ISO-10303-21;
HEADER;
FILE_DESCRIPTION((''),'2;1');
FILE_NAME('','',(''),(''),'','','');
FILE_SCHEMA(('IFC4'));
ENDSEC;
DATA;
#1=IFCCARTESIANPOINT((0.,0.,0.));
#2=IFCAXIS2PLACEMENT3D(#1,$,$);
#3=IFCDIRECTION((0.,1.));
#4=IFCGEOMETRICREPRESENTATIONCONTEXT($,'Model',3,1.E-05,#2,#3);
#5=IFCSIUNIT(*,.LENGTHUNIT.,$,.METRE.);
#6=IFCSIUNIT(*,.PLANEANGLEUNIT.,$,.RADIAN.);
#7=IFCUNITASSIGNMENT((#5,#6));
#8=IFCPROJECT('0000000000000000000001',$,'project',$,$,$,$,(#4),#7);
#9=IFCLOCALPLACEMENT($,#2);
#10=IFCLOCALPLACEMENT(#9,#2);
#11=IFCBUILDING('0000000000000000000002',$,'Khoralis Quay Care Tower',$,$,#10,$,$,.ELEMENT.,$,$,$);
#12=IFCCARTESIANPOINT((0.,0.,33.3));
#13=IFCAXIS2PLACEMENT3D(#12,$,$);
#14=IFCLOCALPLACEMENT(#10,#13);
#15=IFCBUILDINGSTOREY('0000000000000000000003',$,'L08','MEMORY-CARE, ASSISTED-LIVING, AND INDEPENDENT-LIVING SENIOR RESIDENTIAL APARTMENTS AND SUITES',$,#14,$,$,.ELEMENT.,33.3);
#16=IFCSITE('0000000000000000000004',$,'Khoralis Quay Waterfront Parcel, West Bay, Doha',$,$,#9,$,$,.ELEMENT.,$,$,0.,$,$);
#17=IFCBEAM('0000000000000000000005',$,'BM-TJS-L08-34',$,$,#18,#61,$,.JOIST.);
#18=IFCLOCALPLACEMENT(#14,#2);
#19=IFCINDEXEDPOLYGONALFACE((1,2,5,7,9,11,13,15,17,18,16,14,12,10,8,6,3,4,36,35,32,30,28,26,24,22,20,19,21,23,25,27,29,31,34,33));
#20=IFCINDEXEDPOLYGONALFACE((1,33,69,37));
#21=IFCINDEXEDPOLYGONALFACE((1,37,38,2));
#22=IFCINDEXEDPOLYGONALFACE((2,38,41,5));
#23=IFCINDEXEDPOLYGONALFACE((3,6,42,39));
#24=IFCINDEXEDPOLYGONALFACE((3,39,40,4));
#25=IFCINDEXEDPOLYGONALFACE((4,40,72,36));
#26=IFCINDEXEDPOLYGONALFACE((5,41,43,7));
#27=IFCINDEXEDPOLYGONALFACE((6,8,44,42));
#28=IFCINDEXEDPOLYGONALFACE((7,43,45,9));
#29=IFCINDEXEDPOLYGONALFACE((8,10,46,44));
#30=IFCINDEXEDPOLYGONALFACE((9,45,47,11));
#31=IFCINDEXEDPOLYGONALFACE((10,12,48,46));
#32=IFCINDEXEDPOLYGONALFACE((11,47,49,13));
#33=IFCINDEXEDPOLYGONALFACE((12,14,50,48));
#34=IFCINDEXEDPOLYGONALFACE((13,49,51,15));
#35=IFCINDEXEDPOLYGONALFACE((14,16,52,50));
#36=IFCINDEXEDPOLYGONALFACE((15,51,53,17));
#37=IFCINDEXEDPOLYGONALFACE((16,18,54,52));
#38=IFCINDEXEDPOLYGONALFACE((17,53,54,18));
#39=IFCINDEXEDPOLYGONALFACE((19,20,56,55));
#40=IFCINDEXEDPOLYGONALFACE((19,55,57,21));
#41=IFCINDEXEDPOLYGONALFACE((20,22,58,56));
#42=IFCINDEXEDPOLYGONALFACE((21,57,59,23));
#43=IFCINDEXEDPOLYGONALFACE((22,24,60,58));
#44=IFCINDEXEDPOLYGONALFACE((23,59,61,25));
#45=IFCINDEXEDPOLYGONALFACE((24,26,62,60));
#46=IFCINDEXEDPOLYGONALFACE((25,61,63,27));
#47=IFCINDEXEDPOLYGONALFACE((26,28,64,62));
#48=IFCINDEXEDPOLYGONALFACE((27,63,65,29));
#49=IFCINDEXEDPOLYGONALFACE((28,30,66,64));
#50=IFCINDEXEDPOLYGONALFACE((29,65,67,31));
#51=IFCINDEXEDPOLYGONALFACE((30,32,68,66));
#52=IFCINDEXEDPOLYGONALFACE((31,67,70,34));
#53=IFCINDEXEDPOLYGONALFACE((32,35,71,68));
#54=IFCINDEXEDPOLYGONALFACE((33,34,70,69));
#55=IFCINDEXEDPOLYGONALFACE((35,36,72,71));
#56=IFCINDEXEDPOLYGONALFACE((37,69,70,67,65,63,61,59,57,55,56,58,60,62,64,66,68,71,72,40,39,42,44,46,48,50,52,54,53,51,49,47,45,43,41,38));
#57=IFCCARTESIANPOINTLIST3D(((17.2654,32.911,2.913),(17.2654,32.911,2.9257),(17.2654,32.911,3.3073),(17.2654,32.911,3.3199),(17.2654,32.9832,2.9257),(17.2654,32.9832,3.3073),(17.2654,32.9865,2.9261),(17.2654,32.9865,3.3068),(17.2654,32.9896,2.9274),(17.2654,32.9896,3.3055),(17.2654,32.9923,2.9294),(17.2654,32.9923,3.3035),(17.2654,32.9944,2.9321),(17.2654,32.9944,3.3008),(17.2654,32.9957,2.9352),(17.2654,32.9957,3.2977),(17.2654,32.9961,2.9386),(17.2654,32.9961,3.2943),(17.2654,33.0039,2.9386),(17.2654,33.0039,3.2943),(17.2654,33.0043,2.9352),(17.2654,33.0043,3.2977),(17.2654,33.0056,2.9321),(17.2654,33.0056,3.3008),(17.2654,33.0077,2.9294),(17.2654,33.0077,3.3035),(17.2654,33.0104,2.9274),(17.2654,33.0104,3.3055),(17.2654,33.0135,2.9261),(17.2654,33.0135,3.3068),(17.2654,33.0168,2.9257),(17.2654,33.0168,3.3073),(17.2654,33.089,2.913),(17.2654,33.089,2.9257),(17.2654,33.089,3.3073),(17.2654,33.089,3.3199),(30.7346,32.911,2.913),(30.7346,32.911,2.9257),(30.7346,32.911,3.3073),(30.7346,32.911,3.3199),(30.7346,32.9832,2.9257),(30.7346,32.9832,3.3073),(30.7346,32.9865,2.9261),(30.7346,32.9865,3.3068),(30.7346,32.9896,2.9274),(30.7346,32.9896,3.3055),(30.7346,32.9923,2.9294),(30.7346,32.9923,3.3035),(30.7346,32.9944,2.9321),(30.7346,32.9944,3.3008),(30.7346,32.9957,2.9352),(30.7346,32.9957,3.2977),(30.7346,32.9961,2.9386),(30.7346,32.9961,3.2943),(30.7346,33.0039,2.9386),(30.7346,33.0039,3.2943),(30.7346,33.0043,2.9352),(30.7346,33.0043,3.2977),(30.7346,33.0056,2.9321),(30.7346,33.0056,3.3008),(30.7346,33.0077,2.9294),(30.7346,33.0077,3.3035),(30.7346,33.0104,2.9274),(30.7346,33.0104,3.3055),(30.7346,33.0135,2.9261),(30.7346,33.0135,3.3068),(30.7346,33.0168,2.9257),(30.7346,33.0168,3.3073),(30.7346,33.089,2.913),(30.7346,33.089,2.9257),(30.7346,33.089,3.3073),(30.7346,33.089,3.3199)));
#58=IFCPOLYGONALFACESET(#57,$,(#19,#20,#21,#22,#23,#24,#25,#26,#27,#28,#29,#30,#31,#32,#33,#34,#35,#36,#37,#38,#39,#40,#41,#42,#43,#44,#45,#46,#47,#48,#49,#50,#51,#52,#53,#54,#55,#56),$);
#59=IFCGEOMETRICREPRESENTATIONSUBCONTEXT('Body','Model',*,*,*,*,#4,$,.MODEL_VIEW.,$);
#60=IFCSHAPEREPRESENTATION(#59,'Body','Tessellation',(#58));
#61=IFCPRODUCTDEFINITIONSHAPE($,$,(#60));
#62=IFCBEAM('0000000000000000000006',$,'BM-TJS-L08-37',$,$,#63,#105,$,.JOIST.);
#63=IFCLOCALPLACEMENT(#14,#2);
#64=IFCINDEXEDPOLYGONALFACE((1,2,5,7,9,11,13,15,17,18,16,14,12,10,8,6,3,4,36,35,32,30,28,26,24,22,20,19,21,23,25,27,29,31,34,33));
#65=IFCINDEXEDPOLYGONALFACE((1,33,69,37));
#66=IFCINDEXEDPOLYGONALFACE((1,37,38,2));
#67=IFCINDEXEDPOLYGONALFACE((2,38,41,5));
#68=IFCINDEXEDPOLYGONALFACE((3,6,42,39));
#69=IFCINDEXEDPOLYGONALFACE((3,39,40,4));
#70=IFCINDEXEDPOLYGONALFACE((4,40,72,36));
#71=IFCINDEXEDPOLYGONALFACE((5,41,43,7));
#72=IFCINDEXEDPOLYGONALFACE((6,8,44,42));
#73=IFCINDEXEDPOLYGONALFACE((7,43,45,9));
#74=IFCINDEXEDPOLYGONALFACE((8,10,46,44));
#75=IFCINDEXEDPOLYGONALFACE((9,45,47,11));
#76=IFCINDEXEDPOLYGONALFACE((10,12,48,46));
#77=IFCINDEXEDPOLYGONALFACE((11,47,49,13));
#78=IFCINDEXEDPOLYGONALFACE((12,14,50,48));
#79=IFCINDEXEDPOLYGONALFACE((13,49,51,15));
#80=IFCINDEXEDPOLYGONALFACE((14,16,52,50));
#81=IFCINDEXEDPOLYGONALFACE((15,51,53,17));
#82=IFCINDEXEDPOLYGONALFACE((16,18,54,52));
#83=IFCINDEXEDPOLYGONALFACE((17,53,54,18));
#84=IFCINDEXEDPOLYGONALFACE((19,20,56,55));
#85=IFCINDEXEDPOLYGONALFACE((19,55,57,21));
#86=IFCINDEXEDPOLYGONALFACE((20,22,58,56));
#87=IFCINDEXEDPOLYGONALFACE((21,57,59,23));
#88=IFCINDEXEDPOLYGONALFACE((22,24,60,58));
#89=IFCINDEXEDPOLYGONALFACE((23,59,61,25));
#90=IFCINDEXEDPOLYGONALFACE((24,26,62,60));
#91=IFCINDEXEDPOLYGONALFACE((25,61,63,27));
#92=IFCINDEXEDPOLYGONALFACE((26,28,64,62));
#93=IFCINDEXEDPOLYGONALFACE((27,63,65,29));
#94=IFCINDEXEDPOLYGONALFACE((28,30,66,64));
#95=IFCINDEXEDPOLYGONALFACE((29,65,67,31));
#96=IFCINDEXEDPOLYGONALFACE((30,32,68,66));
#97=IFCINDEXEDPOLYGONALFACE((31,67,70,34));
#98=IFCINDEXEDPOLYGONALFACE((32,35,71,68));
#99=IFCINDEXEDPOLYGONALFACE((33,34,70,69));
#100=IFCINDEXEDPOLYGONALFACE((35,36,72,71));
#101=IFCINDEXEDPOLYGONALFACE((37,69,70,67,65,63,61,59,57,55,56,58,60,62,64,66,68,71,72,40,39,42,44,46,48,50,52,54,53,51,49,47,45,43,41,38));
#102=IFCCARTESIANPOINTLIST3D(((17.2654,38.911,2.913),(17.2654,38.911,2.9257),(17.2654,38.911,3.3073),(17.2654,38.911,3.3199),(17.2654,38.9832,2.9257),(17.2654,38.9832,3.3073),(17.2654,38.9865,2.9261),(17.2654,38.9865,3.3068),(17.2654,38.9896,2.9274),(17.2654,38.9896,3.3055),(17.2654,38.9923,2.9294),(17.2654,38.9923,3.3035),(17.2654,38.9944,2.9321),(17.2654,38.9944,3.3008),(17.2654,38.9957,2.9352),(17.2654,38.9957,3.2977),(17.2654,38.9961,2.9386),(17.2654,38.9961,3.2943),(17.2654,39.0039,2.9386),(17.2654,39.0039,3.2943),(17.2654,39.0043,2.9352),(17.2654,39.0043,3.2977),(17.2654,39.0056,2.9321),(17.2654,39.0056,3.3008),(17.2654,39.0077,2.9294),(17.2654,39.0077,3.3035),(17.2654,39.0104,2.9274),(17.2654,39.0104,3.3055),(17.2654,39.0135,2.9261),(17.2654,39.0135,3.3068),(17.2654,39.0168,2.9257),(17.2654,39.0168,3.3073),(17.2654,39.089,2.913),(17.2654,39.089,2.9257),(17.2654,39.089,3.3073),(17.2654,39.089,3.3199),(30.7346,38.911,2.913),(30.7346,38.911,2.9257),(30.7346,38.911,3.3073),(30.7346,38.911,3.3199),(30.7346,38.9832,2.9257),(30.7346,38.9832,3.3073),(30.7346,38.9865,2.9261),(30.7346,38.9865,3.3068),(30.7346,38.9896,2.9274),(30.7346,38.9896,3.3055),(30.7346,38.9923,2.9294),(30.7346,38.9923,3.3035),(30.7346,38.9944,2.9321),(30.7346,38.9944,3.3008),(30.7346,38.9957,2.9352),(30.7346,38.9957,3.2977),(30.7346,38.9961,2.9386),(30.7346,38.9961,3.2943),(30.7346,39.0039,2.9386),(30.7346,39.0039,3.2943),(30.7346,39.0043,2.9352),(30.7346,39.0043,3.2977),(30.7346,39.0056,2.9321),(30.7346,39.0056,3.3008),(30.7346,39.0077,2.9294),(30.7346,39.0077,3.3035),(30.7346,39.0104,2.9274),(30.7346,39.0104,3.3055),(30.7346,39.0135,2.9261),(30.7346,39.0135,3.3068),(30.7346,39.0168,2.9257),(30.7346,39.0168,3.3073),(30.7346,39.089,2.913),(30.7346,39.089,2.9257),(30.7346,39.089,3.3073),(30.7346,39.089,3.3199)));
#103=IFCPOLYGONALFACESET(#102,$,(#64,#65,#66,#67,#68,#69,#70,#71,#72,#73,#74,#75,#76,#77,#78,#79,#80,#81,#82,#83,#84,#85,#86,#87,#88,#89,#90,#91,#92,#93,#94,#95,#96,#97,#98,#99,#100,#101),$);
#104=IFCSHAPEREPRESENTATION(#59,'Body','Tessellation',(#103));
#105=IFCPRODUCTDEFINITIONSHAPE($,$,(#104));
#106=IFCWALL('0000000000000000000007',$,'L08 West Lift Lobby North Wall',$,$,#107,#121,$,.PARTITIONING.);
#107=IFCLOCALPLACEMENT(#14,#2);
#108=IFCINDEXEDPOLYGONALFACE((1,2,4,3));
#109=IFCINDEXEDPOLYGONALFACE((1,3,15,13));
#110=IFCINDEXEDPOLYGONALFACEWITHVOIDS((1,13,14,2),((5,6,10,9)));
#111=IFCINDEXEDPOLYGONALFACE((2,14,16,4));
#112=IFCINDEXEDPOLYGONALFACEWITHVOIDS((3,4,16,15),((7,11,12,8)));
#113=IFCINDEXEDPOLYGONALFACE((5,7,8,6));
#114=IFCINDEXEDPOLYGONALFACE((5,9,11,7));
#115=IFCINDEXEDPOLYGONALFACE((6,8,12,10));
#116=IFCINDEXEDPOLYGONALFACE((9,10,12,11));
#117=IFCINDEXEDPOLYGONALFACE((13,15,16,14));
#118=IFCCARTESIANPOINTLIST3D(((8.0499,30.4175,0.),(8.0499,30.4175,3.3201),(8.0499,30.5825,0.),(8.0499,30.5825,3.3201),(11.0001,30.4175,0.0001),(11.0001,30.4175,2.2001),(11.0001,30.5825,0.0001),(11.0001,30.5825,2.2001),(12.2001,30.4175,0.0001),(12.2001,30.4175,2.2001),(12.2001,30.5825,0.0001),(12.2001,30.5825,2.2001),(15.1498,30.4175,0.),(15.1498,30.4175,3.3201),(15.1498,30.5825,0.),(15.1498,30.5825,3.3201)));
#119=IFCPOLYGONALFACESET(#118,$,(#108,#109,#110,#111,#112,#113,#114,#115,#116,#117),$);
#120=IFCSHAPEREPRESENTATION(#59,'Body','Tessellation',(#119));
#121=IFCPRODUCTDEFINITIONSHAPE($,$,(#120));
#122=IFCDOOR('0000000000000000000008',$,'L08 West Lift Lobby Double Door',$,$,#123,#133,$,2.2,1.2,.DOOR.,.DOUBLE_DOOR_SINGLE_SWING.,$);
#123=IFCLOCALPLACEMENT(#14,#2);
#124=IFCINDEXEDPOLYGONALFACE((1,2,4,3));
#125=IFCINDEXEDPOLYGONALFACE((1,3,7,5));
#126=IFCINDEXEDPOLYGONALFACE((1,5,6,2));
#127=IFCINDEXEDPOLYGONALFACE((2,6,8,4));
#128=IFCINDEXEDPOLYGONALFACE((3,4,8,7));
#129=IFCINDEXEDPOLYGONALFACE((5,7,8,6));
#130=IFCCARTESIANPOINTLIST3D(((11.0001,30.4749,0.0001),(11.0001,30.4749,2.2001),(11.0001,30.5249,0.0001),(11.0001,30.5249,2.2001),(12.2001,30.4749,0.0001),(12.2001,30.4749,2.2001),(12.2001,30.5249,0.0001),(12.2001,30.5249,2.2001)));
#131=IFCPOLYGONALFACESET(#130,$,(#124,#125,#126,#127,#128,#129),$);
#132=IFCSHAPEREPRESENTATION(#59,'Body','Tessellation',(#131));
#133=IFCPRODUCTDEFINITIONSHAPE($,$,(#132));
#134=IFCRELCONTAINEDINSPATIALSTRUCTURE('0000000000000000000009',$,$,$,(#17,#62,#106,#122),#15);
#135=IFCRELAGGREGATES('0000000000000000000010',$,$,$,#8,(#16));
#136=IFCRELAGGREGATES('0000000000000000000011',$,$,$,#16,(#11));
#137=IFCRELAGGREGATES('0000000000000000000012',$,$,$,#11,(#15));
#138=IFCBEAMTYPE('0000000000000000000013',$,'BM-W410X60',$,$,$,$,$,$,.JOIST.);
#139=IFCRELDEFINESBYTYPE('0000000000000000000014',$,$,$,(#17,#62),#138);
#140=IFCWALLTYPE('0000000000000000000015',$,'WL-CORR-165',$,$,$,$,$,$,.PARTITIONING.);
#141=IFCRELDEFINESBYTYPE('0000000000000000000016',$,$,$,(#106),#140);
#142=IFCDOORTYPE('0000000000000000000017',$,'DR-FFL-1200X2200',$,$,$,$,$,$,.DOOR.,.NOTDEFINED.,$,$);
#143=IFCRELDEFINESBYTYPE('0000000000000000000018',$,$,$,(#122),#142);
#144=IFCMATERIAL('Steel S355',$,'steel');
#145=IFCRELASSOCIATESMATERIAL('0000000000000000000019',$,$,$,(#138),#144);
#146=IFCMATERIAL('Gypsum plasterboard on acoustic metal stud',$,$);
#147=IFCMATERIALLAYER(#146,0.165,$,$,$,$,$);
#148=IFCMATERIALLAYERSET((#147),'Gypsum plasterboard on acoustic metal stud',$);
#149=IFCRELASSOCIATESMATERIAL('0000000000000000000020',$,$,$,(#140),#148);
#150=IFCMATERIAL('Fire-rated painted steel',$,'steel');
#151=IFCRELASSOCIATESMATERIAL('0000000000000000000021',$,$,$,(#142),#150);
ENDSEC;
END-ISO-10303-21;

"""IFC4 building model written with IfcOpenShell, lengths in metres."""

from ifc_helpers import new_model, si_unit, direction, frame, frame_2d, origin, origin_2d, place, context, subcontext, project, spatial, rectangle, i_section, extrude, source, transform, mapped, material, layer, layer_set, material_profile, profile_set, type_object, element, fill, save


model = new_model("IFC4")

# Units and contexts
model_context = context("Model", 3, precision=1e-05, world=origin(), true_north=direction((0.0, 1.0)))
body_context = subcontext(model_context, "Body", "Model", "MODEL_VIEW")
ifc_project = project(units=[si_unit("LENGTHUNIT", "METRE"), si_unit("PLANEANGLEUNIT", "RADIAN")], contexts=[model_context])

# Site, building, storey
site_placement = place(None, origin())
site = spatial("IfcSite", under=ifc_project, at=site_placement, Name="Khoralis Quay Waterfront Parcel, West Bay, Doha", CompositionType="ELEMENT", RefElevation=0.0)
building_placement = place(site_placement, origin())
building = spatial("IfcBuilding", under=site, at=building_placement, Name="Khoralis Quay Care Tower", CompositionType="ELEMENT")
storey_placement = place(building_placement, frame((0.0, 0.0, 33.3)))
storey = spatial("IfcBuildingStorey", under=building, at=storey_placement, Name="L08", Description="MEMORY-CARE, ASSISTED-LIVING, AND INDEPENDENT-LIVING SENIOR RESIDENTIAL APARTMENTS AND SUITES", CompositionType="ELEMENT", Elevation=33.3)

# Beams
ifc_material_1 = material(Name="Steel S355", Category="steel")
ifc_material_profile_1 = material_profile(ifc_material_1, i_section(OverallWidth=0.178, OverallDepth=0.407, WebThickness=0.0078, FlangeThickness=0.0127, FilletRadius=0.0129, at=origin_2d()), Name="Steel S355")
ifc_profile_set_1 = profile_set([ifc_material_profile_1], Name="Steel S355")
beam_type_1 = type_object("IfcBeamType", Name="BM-W410X60", PredefinedType="JOIST", material=ifc_profile_set_1)
shared_shape_1 = source(origin(), body_context, "Body", "SweptSolid", [
    extrude(i_section(OverallWidth=0.178, OverallDepth=0.407, WebThickness=0.0078, FlangeThickness=0.0127, FilletRadius=0.0129, at=origin_2d()), origin(), (0.0, 0.0, 1.0), 13.4692),
])
for number, where, z_axis, x_axis, name in (
    (1, (17.2654, 33.0, 3.1165), (1.0, 0.0, 0.0), (0.0, 1.0, 0.0), "BM-TJS-L08-34"),
    (2, (17.2654, 39.0, 3.1165), (1.0, 0.0, 0.0), (0.0, 1.0, 0.0), "BM-TJS-L08-37"),
):
    element("IfcBeam", number, at=place(storey_placement, frame(where, z_axis=z_axis, x_axis=x_axis)), inside=storey, type_object=beam_type_1, Name=name, PredefinedType="JOIST", context=body_context, shape_type="MappedRepresentation", body=[
        mapped(shared_shape_1, transform((0.0, 0.0, 0.0), scale=1.0)),
    ])

# Wall, opening, door
ifc_material_2 = material(Name="Gypsum plasterboard on acoustic metal stud")
ifc_layer_1 = layer(ifc_material_2, 0.165)
ifc_layer_set_1 = layer_set([ifc_layer_1], Name="Gypsum plasterboard on acoustic metal stud")
wall_type_1 = type_object("IfcWallType", Name="WL-CORR-165", PredefinedType="PARTITIONING", material=ifc_layer_set_1)
wall_1_placement = place(storey_placement, frame((8.05, 30.5, 0.0), z_axis=(0.0, 0.0, 1.0), x_axis=(1.0, 0.0, 0.0)))
wall_1 = element("IfcWall", 3, at=wall_1_placement, inside=storey, type_object=wall_type_1, Name="L08 West Lift Lobby North Wall", PredefinedType="PARTITIONING", context=body_context, shape_type="SweptSolid", body=[
    extrude(rectangle(XDim=7.0999, YDim=0.165, at=frame_2d((3.5498, 0.0))), origin(), (0.0, 0.0, 1.0), 3.3201),
])
opening_1_placement = place(wall_1_placement, frame((2.95, 0.0, 0.0)))
opening_1 = element("IfcOpeningElement", 4, at=opening_1_placement, cuts=wall_1, PredefinedType="OPENING", context=body_context, shape_type="SweptSolid", body=[
    extrude(rectangle(XDim=1.2, YDim=2.2, at=frame_2d((0.6001, 1.1001))), frame((0.0, 0.0925, 0.0), z_axis=(0.0, -1.0, 0.0), x_axis=(1.0, 0.0, 0.0)), (0.0, 0.0, 1.0), 0.1851),
])
ifc_material_3 = material(Name="Fire-rated painted steel", Category="steel")
door_type_1 = type_object("IfcDoorType", Name="DR-FFL-1200X2200", OperationType="NOTDEFINED", PredefinedType="DOOR", material=ifc_material_3)
shared_shape_2 = source(origin(), body_context, "Body", "SweptSolid", [
    extrude(rectangle(XDim=1.2, YDim=2.2, at=frame_2d((0.6001, 1.1001))), frame((0.0, 0.0249, 0.0), z_axis=(0.0, -1.0, 0.0), x_axis=(1.0, 0.0, 0.0)), (0.0, 0.0, 1.0), 0.05),
])
door_1_placement = place(opening_1_placement, origin())
door_1 = element("IfcDoor", 5, at=door_1_placement, inside=storey, type_object=door_type_1, Name="L08 West Lift Lobby Double Door", OperationType="DOUBLE_DOOR_SINGLE_SWING", OverallHeight=2.2, OverallWidth=1.2, PredefinedType="DOOR", context=body_context, shape_type="MappedRepresentation", body=[
    mapped(shared_shape_2, transform((0.0, 0.0, 0.0), scale=1.0)),
])
fill(opening_1, door_1)

save(model, "model.ifc")
